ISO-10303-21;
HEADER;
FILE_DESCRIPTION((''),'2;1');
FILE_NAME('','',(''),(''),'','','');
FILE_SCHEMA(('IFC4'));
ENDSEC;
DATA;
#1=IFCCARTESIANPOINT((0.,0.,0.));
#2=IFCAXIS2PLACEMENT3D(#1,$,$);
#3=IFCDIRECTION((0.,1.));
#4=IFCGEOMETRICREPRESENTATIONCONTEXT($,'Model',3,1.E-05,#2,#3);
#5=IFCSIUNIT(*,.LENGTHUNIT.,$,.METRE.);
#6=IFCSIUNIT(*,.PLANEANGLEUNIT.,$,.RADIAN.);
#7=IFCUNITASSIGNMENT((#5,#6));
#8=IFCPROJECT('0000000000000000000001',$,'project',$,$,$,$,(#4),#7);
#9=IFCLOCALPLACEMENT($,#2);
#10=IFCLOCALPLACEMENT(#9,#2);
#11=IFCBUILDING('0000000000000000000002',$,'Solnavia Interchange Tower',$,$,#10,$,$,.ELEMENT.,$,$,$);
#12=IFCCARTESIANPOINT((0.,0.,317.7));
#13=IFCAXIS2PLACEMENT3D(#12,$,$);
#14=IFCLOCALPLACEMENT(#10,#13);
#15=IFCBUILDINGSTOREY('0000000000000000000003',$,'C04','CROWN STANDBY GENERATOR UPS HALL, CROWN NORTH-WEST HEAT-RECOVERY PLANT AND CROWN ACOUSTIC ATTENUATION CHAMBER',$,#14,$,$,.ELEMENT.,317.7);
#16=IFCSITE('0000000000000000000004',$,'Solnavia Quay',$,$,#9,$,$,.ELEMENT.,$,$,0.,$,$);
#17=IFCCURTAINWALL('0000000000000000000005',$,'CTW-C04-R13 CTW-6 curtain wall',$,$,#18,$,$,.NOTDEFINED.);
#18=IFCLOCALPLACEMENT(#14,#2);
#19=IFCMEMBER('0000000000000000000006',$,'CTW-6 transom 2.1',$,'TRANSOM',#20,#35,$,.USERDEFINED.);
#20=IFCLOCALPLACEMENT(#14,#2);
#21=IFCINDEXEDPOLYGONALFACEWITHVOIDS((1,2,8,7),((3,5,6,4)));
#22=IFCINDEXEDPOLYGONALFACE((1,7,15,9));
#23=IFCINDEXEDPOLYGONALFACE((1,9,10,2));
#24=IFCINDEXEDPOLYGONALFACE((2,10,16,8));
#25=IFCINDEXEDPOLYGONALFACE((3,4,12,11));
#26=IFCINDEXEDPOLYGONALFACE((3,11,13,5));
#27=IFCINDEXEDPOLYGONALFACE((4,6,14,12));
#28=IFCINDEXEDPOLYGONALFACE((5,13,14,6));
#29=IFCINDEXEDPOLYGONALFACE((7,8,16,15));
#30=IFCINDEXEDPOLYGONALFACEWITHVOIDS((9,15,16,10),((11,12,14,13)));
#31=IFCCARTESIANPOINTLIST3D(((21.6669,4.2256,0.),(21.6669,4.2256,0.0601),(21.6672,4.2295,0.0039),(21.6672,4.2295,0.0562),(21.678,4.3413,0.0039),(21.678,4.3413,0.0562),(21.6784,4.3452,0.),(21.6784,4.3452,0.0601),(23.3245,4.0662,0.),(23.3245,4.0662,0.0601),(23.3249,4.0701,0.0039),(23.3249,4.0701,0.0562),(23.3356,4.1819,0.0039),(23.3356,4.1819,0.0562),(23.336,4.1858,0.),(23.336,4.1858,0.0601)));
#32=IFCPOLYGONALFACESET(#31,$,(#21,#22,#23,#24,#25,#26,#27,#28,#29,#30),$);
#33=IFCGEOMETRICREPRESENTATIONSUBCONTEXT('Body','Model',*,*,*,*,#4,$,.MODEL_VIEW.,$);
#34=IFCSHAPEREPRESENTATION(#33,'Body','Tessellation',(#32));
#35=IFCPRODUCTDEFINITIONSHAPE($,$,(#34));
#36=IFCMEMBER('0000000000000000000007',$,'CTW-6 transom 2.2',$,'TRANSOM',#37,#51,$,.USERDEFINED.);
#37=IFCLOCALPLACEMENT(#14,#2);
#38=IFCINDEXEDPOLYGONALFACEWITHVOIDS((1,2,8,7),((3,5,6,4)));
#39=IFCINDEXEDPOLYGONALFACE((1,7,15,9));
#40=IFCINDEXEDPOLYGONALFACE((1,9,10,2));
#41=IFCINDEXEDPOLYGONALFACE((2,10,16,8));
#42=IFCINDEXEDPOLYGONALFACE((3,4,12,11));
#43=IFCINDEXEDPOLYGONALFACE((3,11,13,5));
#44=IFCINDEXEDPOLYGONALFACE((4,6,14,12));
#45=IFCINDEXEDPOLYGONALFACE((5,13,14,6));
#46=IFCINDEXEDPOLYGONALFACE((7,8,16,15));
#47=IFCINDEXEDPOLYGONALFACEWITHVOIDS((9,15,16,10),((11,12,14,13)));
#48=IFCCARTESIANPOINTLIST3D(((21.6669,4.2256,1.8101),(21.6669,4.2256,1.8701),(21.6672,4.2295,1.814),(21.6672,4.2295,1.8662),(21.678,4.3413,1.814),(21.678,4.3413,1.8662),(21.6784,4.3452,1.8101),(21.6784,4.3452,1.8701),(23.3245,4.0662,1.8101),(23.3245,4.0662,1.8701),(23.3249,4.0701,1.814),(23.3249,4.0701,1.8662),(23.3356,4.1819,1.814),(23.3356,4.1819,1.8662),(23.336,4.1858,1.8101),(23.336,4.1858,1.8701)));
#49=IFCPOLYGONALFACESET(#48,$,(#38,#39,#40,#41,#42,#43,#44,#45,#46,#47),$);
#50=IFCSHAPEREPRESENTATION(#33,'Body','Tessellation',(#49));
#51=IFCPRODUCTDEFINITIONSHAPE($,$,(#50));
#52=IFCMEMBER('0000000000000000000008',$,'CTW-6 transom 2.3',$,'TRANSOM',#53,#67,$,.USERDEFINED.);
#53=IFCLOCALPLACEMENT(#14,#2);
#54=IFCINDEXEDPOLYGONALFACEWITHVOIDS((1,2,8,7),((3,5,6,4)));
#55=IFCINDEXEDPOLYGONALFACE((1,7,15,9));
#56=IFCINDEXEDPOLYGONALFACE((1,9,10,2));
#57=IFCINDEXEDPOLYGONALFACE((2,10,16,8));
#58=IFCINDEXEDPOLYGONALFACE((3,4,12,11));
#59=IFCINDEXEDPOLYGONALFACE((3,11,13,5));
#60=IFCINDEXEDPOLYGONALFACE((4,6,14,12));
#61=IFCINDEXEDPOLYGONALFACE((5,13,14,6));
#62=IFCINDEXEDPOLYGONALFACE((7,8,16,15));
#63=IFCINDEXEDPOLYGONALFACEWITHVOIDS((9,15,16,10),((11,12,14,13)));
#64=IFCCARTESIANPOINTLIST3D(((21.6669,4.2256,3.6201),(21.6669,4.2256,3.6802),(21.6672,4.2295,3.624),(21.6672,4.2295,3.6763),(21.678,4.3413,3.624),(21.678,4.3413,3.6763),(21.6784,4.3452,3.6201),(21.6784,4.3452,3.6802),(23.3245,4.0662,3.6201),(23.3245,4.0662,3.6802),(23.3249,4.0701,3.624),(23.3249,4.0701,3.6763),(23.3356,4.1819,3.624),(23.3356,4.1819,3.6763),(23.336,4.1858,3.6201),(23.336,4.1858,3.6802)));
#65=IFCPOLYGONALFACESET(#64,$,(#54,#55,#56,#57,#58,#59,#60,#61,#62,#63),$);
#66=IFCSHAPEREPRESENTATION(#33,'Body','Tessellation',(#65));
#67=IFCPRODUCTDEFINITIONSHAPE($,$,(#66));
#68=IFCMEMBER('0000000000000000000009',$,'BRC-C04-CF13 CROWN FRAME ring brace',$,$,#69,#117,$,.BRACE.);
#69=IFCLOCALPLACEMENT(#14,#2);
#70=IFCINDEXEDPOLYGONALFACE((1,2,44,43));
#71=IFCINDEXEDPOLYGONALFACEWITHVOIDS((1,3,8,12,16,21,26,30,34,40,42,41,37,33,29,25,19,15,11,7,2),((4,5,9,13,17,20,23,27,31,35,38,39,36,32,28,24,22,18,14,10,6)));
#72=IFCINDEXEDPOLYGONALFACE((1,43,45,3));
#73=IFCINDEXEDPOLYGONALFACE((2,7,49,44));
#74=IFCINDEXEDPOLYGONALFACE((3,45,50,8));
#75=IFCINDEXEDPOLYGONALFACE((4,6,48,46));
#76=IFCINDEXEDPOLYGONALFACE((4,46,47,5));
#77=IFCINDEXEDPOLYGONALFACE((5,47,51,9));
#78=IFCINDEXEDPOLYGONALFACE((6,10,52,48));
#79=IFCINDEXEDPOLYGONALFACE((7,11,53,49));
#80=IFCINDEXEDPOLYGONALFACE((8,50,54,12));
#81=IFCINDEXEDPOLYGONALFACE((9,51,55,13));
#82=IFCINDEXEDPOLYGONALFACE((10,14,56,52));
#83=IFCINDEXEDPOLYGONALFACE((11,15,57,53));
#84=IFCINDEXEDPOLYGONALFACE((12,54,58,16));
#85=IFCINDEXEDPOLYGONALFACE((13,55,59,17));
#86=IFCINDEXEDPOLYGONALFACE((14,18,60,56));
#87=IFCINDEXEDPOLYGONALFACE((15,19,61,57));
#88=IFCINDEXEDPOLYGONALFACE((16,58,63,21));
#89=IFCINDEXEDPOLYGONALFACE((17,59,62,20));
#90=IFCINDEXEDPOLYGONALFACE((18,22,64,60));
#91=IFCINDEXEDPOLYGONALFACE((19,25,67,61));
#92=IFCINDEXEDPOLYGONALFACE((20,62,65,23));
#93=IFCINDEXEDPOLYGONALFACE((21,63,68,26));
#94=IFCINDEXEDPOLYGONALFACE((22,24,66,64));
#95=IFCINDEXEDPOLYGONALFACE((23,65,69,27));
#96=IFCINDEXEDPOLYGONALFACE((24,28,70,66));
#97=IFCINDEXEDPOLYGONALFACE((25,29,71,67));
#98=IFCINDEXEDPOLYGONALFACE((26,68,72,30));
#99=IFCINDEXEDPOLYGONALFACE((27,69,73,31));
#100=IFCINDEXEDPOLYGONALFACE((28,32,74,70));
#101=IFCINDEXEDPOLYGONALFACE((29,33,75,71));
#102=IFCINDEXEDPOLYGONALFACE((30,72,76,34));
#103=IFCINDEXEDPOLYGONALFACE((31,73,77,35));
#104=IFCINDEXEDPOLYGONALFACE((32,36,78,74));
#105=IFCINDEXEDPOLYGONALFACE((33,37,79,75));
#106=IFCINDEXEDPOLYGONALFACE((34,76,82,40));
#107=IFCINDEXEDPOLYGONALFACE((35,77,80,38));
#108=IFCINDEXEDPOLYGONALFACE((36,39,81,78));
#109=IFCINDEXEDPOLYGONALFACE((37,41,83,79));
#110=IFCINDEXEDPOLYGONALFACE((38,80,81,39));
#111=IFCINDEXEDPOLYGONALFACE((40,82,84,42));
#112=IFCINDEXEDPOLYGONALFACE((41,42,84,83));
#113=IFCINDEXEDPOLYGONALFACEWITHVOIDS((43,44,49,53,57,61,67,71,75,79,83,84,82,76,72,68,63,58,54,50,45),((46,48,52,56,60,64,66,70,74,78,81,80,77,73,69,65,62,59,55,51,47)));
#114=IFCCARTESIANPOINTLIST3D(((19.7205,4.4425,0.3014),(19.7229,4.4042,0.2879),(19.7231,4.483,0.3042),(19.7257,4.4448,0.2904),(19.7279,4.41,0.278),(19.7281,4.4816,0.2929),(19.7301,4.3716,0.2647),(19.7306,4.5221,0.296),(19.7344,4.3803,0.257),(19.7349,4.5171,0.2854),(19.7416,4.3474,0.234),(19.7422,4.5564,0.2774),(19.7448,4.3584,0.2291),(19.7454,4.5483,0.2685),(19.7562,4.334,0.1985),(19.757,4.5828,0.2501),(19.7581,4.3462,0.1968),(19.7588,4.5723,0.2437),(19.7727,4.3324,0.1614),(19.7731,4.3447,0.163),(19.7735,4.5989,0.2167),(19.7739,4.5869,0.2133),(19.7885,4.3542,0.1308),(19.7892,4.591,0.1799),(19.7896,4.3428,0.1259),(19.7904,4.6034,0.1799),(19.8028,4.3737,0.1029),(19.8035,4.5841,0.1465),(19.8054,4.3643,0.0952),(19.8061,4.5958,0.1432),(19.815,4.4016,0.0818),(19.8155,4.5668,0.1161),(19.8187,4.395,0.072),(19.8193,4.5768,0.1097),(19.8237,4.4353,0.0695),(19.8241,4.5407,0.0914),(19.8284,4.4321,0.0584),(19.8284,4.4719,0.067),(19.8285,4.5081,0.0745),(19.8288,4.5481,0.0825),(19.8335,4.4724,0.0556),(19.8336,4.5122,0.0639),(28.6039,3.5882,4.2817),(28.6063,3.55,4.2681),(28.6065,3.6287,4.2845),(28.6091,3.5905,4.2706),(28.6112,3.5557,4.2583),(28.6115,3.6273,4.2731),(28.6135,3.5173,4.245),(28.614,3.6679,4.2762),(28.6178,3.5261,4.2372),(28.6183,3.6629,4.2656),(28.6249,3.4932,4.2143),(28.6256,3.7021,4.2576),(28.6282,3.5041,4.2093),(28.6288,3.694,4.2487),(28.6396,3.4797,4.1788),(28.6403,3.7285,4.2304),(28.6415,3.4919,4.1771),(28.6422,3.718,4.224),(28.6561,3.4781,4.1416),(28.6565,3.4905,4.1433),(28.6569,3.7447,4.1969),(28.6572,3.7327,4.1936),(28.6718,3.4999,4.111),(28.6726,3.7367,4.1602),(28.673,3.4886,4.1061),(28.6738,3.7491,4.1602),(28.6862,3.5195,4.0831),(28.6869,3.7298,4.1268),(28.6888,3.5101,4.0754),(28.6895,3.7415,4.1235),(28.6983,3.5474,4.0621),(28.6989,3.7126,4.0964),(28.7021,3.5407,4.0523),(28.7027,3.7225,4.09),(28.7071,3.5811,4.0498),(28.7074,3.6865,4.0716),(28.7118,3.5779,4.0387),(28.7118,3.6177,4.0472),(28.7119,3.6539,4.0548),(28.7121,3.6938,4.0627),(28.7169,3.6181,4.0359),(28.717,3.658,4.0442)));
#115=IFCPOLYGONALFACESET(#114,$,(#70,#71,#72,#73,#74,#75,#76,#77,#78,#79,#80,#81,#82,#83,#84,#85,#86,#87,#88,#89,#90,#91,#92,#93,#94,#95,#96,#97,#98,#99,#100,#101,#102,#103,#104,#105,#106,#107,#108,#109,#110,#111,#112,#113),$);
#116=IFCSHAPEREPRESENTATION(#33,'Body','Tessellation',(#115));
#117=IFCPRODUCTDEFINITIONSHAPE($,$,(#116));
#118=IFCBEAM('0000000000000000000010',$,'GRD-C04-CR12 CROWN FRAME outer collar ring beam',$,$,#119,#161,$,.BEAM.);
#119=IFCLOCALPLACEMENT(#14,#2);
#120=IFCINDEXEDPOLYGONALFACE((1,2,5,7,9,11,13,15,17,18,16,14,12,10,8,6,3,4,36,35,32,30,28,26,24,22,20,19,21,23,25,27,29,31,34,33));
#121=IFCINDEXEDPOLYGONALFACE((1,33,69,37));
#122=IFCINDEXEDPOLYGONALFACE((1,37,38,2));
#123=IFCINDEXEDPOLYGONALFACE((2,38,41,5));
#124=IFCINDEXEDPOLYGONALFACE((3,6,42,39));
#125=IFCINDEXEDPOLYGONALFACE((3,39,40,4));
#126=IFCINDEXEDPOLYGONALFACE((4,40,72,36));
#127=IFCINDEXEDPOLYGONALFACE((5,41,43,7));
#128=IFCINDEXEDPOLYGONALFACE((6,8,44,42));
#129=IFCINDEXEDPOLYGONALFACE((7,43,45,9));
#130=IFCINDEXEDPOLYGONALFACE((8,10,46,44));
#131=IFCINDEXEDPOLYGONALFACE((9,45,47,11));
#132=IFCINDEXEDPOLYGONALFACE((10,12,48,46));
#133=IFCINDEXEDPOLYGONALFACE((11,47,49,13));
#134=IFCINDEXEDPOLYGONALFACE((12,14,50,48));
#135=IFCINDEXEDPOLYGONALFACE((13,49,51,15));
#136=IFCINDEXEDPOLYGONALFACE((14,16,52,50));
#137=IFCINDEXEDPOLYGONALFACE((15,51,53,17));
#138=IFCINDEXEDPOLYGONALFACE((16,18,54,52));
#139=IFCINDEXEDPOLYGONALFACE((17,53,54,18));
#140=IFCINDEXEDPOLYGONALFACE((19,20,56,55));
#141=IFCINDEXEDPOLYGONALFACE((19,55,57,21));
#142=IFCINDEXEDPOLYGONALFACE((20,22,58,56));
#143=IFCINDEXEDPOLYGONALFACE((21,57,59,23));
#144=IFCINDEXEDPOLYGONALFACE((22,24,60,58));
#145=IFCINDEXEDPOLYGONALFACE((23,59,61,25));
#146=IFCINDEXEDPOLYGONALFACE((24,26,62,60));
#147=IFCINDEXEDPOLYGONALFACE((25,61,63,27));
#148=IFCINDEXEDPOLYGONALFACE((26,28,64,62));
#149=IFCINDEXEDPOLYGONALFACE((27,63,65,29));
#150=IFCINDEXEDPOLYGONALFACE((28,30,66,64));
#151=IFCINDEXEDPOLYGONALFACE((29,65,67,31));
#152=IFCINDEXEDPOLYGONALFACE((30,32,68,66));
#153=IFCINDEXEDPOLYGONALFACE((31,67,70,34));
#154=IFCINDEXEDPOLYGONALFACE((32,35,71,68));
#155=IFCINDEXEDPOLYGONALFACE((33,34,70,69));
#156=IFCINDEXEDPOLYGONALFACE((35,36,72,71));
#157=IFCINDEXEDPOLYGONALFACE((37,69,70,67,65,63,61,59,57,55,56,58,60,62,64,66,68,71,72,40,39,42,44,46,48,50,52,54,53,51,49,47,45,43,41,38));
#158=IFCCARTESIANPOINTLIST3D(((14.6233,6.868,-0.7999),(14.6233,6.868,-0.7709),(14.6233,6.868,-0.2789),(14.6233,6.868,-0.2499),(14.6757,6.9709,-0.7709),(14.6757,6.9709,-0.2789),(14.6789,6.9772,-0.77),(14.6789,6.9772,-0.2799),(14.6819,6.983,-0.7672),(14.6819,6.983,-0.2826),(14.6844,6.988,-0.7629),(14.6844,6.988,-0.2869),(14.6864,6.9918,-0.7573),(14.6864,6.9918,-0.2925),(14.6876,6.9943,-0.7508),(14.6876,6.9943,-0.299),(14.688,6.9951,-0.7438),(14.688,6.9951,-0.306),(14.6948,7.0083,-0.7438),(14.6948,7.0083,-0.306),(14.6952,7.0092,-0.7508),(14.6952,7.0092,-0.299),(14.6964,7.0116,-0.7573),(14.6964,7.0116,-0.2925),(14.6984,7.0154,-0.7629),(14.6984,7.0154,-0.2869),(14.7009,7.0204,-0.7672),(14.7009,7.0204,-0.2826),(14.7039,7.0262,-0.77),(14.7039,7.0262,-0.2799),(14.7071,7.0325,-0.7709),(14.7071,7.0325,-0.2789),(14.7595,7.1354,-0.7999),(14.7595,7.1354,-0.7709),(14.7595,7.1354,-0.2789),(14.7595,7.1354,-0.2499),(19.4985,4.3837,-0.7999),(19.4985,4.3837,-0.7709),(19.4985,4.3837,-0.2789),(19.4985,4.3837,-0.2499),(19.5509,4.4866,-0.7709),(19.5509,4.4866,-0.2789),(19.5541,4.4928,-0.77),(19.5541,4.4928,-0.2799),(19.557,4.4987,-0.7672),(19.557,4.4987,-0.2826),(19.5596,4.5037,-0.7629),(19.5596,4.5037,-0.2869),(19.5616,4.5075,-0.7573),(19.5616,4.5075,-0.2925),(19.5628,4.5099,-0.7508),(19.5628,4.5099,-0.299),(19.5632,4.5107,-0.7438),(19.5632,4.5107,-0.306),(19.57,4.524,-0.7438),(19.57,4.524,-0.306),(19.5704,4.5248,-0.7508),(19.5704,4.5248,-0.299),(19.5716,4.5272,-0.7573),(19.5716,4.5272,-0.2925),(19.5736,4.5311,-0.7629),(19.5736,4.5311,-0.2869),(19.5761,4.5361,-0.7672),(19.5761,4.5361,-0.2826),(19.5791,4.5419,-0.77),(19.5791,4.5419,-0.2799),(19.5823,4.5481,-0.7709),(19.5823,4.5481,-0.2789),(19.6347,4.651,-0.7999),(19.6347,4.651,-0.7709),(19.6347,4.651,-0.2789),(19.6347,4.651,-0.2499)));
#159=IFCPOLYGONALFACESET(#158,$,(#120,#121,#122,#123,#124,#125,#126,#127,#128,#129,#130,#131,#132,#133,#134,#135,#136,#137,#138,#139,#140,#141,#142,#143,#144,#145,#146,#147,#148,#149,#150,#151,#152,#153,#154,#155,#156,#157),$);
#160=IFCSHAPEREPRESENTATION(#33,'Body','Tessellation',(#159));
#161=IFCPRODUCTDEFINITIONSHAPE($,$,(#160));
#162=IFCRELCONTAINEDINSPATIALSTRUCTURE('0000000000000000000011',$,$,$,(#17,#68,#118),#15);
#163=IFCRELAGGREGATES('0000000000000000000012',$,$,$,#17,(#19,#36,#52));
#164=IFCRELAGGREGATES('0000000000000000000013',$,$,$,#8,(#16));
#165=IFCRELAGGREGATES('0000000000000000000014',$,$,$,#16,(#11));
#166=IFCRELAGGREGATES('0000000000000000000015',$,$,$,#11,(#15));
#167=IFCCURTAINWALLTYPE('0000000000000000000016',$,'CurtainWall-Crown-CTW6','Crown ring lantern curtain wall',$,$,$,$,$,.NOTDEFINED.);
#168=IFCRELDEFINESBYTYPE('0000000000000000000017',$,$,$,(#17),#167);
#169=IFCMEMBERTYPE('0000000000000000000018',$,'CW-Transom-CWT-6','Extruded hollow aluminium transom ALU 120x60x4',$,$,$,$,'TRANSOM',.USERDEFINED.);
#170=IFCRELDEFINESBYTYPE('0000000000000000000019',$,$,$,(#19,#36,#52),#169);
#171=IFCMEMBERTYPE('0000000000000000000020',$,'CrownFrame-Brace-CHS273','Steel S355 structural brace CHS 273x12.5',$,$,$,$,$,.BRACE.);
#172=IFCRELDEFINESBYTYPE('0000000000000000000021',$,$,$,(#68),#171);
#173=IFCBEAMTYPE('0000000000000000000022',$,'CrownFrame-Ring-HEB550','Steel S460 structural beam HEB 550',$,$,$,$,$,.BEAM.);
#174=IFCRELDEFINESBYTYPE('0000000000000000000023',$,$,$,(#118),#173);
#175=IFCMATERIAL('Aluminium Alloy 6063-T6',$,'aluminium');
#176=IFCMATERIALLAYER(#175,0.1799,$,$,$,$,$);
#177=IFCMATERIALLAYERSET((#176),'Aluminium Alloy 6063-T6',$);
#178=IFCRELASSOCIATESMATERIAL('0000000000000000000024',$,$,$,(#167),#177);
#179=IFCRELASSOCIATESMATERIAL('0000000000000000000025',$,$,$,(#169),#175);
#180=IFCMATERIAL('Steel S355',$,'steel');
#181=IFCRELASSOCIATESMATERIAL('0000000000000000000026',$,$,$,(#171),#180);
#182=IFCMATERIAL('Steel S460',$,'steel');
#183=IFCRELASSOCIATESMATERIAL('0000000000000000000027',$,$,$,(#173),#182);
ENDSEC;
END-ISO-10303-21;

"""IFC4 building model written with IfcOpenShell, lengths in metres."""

from ifc_helpers import new_model, si_unit, direction, frame, origin, origin_2d, place, context, subcontext, project, spatial, hollow_rectangle, hollow_circle, i_section, extrude, material, layer, layer_set, material_profile, profile_set, type_object, element, aggregate, save


model = new_model("IFC4")

# Units and contexts
model_context = context("Model", 3, precision=1e-05, world=origin(), true_north=direction((0.0, 1.0)))
body_context = subcontext(model_context, "Body", "Model", "MODEL_VIEW")
ifc_project = project(units=[si_unit("LENGTHUNIT", "METRE"), si_unit("PLANEANGLEUNIT", "RADIAN")], contexts=[model_context])

# Site, building, storey
site_placement = place(None, origin())
site = spatial("IfcSite", under=ifc_project, at=site_placement, Name="Solnavia Quay", CompositionType="ELEMENT", RefElevation=0.0)
building_placement = place(site_placement, origin())
building = spatial("IfcBuilding", under=site, at=building_placement, Name="Solnavia Interchange Tower", CompositionType="ELEMENT")
storey_placement = place(building_placement, frame((0.0, 0.0, 317.7)))
storey = spatial("IfcBuildingStorey", under=building, at=storey_placement, Name="C04", Description="CROWN STANDBY GENERATOR UPS HALL, CROWN NORTH-WEST HEAT-RECOVERY PLANT AND CROWN ACOUSTIC ATTENUATION CHAMBER", CompositionType="ELEMENT", Elevation=317.7)

# Shared definitions
ifc_material_1 = material(Name="Steel S460", Category="steel")

# Curtain wall, members
ifc_material_2 = material(Name="Aluminium Alloy 6063-T6", Category="aluminium")
ifc_layer_1 = layer(ifc_material_2, 0.1799)
ifc_layer_set_1 = layer_set([ifc_layer_1], Name="Aluminium Alloy 6063-T6")
curtain_wall_type = type_object("IfcCurtainWallType", Name="CurtainWall-Crown-CTW6", Description="Crown ring lantern curtain wall", PredefinedType="NOTDEFINED", material=ifc_layer_set_1)
curtain_wall_placement = place(storey_placement, origin())
curtain_wall = element("IfcCurtainWall", 1, at=curtain_wall_placement, inside=storey, type_object=curtain_wall_type, Name="CTW-C04-R13 CTW-6 curtain wall", PredefinedType="NOTDEFINED")
ifc_material_profile_1 = material_profile(ifc_material_2, hollow_rectangle(XDim=0.0601, YDim=0.1201, WallThickness=0.0039, at=origin_2d()), Name="ALU 120x60x4")
ifc_profile_set_1 = profile_set([ifc_material_profile_1], Name="Aluminium Alloy 6063-T6")
member_type_1 = type_object("IfcMemberType", Name="CW-Transom-CWT-6", Description="Extruded hollow aluminium transom ALU 120x60x4", ElementType="TRANSOM", PredefinedType="USERDEFINED", material=ifc_profile_set_1)
member_1_placement = place(storey_placement, frame((21.6726, 4.2854, 0.03), z_axis=(0.995407, -0.095729, 0.0), x_axis=(0.0, 0.0, 1.0)))
member_1 = element("IfcMember", 2, at=member_1_placement, type_object=member_type_1, Name="CTW-6 transom 2.1", ObjectType="TRANSOM", PredefinedType="USERDEFINED", context=body_context, shape_type="SweptSolid", body=[
    extrude(hollow_rectangle(XDim=0.0601, YDim=0.1201, WallThickness=0.0039, at=origin_2d()), origin(), (0.0, 0.0, 1.0), 1.6653),
])
member_2_placement = place(storey_placement, frame((21.6726, 4.2854, 1.8401), z_axis=(0.995407, -0.095729, 0.0), x_axis=(0.0, 0.0, 1.0)))
member_2 = element("IfcMember", 3, at=member_2_placement, type_object=member_type_1, Name="CTW-6 transom 2.2", ObjectType="TRANSOM", PredefinedType="USERDEFINED", context=body_context, shape_type="SweptSolid", body=[
    extrude(hollow_rectangle(XDim=0.0601, YDim=0.1201, WallThickness=0.0039, at=origin_2d()), origin(), (0.0, 0.0, 1.0), 1.6653),
])
member_3_placement = place(storey_placement, frame((21.6726, 4.2854, 3.6501), z_axis=(0.995407, -0.095729, 0.0), x_axis=(0.0, 0.0, 1.0)))
member_3 = element("IfcMember", 4, at=member_3_placement, type_object=member_type_1, Name="CTW-6 transom 2.3", ObjectType="TRANSOM", PredefinedType="USERDEFINED", context=body_context, shape_type="SweptSolid", body=[
    extrude(hollow_rectangle(XDim=0.0601, YDim=0.1201, WallThickness=0.0039, at=origin_2d()), origin(), (0.0, 0.0, 1.0), 1.6653),
])

# Member
ifc_material_3 = material(Name="Steel S355", Category="steel")
ifc_material_profile_2 = material_profile(ifc_material_3, hollow_circle(Radius=0.1365, WallThickness=0.0125, at=origin_2d()), Name="CHS 273x12.5")
ifc_profile_set_2 = profile_set([ifc_material_profile_2], Name="Steel S355")
member_type_2 = type_object("IfcMemberType", Name="CrownFrame-Brace-CHS273", Description="Steel S355 structural brace CHS 273x12.5", PredefinedType="BRACE", material=ifc_profile_set_2)
member_4_placement = place(storey_placement, frame((19.7773, 4.4675, 0.1799), z_axis=(0.90909, -0.087421, 0.407324), x_axis=(0.095722, 0.995408, 0.0)))
element("IfcMember", 5, at=member_4_placement, inside=storey, type_object=member_type_2, Name="BRC-C04-CF13 CROWN FRAME ring brace", PredefinedType="BRACE", context=body_context, shape_type="SweptSolid", body=[
    extrude(hollow_circle(Radius=0.1365, WallThickness=0.0125, at=origin_2d()), origin(), (0.0, 0.0, 1.0), 9.7717),
])

# Beam
ifc_material_profile_3 = material_profile(ifc_material_1, i_section(OverallWidth=0.3, OverallDepth=0.55, WebThickness=0.0149, FlangeThickness=0.0291, FilletRadius=0.0271, at=origin_2d()), Name="HEB 550")
ifc_profile_set_3 = profile_set([ifc_material_profile_3], Name="Steel S460")
beam_type = type_object("IfcBeamType", Name="CrownFrame-Ring-HEB550", Description="Steel S460 structural beam HEB 550", PredefinedType="BEAM", material=ifc_profile_set_3)
beam_1_placement = place(storey_placement, frame((14.6914, 7.0017, -0.5249), z_axis=(0.890983, -0.454036, 0.0), x_axis=(0.454036, 0.890983, 0.0)))
element("IfcBeam", 6, at=beam_1_placement, inside=storey, type_object=beam_type, Name="GRD-C04-CR12 CROWN FRAME outer collar ring beam", PredefinedType="BEAM", context=body_context, shape_type="SweptSolid", body=[
    extrude(i_section(OverallWidth=0.3, OverallDepth=0.55, WebThickness=0.0149, FlangeThickness=0.0291, FilletRadius=0.0271, at=origin_2d()), origin(), (0.0, 0.0, 1.0), 5.4717),
])

aggregate(curtain_wall, [member_1, member_2, member_3])

save(model, "model.ifc")
